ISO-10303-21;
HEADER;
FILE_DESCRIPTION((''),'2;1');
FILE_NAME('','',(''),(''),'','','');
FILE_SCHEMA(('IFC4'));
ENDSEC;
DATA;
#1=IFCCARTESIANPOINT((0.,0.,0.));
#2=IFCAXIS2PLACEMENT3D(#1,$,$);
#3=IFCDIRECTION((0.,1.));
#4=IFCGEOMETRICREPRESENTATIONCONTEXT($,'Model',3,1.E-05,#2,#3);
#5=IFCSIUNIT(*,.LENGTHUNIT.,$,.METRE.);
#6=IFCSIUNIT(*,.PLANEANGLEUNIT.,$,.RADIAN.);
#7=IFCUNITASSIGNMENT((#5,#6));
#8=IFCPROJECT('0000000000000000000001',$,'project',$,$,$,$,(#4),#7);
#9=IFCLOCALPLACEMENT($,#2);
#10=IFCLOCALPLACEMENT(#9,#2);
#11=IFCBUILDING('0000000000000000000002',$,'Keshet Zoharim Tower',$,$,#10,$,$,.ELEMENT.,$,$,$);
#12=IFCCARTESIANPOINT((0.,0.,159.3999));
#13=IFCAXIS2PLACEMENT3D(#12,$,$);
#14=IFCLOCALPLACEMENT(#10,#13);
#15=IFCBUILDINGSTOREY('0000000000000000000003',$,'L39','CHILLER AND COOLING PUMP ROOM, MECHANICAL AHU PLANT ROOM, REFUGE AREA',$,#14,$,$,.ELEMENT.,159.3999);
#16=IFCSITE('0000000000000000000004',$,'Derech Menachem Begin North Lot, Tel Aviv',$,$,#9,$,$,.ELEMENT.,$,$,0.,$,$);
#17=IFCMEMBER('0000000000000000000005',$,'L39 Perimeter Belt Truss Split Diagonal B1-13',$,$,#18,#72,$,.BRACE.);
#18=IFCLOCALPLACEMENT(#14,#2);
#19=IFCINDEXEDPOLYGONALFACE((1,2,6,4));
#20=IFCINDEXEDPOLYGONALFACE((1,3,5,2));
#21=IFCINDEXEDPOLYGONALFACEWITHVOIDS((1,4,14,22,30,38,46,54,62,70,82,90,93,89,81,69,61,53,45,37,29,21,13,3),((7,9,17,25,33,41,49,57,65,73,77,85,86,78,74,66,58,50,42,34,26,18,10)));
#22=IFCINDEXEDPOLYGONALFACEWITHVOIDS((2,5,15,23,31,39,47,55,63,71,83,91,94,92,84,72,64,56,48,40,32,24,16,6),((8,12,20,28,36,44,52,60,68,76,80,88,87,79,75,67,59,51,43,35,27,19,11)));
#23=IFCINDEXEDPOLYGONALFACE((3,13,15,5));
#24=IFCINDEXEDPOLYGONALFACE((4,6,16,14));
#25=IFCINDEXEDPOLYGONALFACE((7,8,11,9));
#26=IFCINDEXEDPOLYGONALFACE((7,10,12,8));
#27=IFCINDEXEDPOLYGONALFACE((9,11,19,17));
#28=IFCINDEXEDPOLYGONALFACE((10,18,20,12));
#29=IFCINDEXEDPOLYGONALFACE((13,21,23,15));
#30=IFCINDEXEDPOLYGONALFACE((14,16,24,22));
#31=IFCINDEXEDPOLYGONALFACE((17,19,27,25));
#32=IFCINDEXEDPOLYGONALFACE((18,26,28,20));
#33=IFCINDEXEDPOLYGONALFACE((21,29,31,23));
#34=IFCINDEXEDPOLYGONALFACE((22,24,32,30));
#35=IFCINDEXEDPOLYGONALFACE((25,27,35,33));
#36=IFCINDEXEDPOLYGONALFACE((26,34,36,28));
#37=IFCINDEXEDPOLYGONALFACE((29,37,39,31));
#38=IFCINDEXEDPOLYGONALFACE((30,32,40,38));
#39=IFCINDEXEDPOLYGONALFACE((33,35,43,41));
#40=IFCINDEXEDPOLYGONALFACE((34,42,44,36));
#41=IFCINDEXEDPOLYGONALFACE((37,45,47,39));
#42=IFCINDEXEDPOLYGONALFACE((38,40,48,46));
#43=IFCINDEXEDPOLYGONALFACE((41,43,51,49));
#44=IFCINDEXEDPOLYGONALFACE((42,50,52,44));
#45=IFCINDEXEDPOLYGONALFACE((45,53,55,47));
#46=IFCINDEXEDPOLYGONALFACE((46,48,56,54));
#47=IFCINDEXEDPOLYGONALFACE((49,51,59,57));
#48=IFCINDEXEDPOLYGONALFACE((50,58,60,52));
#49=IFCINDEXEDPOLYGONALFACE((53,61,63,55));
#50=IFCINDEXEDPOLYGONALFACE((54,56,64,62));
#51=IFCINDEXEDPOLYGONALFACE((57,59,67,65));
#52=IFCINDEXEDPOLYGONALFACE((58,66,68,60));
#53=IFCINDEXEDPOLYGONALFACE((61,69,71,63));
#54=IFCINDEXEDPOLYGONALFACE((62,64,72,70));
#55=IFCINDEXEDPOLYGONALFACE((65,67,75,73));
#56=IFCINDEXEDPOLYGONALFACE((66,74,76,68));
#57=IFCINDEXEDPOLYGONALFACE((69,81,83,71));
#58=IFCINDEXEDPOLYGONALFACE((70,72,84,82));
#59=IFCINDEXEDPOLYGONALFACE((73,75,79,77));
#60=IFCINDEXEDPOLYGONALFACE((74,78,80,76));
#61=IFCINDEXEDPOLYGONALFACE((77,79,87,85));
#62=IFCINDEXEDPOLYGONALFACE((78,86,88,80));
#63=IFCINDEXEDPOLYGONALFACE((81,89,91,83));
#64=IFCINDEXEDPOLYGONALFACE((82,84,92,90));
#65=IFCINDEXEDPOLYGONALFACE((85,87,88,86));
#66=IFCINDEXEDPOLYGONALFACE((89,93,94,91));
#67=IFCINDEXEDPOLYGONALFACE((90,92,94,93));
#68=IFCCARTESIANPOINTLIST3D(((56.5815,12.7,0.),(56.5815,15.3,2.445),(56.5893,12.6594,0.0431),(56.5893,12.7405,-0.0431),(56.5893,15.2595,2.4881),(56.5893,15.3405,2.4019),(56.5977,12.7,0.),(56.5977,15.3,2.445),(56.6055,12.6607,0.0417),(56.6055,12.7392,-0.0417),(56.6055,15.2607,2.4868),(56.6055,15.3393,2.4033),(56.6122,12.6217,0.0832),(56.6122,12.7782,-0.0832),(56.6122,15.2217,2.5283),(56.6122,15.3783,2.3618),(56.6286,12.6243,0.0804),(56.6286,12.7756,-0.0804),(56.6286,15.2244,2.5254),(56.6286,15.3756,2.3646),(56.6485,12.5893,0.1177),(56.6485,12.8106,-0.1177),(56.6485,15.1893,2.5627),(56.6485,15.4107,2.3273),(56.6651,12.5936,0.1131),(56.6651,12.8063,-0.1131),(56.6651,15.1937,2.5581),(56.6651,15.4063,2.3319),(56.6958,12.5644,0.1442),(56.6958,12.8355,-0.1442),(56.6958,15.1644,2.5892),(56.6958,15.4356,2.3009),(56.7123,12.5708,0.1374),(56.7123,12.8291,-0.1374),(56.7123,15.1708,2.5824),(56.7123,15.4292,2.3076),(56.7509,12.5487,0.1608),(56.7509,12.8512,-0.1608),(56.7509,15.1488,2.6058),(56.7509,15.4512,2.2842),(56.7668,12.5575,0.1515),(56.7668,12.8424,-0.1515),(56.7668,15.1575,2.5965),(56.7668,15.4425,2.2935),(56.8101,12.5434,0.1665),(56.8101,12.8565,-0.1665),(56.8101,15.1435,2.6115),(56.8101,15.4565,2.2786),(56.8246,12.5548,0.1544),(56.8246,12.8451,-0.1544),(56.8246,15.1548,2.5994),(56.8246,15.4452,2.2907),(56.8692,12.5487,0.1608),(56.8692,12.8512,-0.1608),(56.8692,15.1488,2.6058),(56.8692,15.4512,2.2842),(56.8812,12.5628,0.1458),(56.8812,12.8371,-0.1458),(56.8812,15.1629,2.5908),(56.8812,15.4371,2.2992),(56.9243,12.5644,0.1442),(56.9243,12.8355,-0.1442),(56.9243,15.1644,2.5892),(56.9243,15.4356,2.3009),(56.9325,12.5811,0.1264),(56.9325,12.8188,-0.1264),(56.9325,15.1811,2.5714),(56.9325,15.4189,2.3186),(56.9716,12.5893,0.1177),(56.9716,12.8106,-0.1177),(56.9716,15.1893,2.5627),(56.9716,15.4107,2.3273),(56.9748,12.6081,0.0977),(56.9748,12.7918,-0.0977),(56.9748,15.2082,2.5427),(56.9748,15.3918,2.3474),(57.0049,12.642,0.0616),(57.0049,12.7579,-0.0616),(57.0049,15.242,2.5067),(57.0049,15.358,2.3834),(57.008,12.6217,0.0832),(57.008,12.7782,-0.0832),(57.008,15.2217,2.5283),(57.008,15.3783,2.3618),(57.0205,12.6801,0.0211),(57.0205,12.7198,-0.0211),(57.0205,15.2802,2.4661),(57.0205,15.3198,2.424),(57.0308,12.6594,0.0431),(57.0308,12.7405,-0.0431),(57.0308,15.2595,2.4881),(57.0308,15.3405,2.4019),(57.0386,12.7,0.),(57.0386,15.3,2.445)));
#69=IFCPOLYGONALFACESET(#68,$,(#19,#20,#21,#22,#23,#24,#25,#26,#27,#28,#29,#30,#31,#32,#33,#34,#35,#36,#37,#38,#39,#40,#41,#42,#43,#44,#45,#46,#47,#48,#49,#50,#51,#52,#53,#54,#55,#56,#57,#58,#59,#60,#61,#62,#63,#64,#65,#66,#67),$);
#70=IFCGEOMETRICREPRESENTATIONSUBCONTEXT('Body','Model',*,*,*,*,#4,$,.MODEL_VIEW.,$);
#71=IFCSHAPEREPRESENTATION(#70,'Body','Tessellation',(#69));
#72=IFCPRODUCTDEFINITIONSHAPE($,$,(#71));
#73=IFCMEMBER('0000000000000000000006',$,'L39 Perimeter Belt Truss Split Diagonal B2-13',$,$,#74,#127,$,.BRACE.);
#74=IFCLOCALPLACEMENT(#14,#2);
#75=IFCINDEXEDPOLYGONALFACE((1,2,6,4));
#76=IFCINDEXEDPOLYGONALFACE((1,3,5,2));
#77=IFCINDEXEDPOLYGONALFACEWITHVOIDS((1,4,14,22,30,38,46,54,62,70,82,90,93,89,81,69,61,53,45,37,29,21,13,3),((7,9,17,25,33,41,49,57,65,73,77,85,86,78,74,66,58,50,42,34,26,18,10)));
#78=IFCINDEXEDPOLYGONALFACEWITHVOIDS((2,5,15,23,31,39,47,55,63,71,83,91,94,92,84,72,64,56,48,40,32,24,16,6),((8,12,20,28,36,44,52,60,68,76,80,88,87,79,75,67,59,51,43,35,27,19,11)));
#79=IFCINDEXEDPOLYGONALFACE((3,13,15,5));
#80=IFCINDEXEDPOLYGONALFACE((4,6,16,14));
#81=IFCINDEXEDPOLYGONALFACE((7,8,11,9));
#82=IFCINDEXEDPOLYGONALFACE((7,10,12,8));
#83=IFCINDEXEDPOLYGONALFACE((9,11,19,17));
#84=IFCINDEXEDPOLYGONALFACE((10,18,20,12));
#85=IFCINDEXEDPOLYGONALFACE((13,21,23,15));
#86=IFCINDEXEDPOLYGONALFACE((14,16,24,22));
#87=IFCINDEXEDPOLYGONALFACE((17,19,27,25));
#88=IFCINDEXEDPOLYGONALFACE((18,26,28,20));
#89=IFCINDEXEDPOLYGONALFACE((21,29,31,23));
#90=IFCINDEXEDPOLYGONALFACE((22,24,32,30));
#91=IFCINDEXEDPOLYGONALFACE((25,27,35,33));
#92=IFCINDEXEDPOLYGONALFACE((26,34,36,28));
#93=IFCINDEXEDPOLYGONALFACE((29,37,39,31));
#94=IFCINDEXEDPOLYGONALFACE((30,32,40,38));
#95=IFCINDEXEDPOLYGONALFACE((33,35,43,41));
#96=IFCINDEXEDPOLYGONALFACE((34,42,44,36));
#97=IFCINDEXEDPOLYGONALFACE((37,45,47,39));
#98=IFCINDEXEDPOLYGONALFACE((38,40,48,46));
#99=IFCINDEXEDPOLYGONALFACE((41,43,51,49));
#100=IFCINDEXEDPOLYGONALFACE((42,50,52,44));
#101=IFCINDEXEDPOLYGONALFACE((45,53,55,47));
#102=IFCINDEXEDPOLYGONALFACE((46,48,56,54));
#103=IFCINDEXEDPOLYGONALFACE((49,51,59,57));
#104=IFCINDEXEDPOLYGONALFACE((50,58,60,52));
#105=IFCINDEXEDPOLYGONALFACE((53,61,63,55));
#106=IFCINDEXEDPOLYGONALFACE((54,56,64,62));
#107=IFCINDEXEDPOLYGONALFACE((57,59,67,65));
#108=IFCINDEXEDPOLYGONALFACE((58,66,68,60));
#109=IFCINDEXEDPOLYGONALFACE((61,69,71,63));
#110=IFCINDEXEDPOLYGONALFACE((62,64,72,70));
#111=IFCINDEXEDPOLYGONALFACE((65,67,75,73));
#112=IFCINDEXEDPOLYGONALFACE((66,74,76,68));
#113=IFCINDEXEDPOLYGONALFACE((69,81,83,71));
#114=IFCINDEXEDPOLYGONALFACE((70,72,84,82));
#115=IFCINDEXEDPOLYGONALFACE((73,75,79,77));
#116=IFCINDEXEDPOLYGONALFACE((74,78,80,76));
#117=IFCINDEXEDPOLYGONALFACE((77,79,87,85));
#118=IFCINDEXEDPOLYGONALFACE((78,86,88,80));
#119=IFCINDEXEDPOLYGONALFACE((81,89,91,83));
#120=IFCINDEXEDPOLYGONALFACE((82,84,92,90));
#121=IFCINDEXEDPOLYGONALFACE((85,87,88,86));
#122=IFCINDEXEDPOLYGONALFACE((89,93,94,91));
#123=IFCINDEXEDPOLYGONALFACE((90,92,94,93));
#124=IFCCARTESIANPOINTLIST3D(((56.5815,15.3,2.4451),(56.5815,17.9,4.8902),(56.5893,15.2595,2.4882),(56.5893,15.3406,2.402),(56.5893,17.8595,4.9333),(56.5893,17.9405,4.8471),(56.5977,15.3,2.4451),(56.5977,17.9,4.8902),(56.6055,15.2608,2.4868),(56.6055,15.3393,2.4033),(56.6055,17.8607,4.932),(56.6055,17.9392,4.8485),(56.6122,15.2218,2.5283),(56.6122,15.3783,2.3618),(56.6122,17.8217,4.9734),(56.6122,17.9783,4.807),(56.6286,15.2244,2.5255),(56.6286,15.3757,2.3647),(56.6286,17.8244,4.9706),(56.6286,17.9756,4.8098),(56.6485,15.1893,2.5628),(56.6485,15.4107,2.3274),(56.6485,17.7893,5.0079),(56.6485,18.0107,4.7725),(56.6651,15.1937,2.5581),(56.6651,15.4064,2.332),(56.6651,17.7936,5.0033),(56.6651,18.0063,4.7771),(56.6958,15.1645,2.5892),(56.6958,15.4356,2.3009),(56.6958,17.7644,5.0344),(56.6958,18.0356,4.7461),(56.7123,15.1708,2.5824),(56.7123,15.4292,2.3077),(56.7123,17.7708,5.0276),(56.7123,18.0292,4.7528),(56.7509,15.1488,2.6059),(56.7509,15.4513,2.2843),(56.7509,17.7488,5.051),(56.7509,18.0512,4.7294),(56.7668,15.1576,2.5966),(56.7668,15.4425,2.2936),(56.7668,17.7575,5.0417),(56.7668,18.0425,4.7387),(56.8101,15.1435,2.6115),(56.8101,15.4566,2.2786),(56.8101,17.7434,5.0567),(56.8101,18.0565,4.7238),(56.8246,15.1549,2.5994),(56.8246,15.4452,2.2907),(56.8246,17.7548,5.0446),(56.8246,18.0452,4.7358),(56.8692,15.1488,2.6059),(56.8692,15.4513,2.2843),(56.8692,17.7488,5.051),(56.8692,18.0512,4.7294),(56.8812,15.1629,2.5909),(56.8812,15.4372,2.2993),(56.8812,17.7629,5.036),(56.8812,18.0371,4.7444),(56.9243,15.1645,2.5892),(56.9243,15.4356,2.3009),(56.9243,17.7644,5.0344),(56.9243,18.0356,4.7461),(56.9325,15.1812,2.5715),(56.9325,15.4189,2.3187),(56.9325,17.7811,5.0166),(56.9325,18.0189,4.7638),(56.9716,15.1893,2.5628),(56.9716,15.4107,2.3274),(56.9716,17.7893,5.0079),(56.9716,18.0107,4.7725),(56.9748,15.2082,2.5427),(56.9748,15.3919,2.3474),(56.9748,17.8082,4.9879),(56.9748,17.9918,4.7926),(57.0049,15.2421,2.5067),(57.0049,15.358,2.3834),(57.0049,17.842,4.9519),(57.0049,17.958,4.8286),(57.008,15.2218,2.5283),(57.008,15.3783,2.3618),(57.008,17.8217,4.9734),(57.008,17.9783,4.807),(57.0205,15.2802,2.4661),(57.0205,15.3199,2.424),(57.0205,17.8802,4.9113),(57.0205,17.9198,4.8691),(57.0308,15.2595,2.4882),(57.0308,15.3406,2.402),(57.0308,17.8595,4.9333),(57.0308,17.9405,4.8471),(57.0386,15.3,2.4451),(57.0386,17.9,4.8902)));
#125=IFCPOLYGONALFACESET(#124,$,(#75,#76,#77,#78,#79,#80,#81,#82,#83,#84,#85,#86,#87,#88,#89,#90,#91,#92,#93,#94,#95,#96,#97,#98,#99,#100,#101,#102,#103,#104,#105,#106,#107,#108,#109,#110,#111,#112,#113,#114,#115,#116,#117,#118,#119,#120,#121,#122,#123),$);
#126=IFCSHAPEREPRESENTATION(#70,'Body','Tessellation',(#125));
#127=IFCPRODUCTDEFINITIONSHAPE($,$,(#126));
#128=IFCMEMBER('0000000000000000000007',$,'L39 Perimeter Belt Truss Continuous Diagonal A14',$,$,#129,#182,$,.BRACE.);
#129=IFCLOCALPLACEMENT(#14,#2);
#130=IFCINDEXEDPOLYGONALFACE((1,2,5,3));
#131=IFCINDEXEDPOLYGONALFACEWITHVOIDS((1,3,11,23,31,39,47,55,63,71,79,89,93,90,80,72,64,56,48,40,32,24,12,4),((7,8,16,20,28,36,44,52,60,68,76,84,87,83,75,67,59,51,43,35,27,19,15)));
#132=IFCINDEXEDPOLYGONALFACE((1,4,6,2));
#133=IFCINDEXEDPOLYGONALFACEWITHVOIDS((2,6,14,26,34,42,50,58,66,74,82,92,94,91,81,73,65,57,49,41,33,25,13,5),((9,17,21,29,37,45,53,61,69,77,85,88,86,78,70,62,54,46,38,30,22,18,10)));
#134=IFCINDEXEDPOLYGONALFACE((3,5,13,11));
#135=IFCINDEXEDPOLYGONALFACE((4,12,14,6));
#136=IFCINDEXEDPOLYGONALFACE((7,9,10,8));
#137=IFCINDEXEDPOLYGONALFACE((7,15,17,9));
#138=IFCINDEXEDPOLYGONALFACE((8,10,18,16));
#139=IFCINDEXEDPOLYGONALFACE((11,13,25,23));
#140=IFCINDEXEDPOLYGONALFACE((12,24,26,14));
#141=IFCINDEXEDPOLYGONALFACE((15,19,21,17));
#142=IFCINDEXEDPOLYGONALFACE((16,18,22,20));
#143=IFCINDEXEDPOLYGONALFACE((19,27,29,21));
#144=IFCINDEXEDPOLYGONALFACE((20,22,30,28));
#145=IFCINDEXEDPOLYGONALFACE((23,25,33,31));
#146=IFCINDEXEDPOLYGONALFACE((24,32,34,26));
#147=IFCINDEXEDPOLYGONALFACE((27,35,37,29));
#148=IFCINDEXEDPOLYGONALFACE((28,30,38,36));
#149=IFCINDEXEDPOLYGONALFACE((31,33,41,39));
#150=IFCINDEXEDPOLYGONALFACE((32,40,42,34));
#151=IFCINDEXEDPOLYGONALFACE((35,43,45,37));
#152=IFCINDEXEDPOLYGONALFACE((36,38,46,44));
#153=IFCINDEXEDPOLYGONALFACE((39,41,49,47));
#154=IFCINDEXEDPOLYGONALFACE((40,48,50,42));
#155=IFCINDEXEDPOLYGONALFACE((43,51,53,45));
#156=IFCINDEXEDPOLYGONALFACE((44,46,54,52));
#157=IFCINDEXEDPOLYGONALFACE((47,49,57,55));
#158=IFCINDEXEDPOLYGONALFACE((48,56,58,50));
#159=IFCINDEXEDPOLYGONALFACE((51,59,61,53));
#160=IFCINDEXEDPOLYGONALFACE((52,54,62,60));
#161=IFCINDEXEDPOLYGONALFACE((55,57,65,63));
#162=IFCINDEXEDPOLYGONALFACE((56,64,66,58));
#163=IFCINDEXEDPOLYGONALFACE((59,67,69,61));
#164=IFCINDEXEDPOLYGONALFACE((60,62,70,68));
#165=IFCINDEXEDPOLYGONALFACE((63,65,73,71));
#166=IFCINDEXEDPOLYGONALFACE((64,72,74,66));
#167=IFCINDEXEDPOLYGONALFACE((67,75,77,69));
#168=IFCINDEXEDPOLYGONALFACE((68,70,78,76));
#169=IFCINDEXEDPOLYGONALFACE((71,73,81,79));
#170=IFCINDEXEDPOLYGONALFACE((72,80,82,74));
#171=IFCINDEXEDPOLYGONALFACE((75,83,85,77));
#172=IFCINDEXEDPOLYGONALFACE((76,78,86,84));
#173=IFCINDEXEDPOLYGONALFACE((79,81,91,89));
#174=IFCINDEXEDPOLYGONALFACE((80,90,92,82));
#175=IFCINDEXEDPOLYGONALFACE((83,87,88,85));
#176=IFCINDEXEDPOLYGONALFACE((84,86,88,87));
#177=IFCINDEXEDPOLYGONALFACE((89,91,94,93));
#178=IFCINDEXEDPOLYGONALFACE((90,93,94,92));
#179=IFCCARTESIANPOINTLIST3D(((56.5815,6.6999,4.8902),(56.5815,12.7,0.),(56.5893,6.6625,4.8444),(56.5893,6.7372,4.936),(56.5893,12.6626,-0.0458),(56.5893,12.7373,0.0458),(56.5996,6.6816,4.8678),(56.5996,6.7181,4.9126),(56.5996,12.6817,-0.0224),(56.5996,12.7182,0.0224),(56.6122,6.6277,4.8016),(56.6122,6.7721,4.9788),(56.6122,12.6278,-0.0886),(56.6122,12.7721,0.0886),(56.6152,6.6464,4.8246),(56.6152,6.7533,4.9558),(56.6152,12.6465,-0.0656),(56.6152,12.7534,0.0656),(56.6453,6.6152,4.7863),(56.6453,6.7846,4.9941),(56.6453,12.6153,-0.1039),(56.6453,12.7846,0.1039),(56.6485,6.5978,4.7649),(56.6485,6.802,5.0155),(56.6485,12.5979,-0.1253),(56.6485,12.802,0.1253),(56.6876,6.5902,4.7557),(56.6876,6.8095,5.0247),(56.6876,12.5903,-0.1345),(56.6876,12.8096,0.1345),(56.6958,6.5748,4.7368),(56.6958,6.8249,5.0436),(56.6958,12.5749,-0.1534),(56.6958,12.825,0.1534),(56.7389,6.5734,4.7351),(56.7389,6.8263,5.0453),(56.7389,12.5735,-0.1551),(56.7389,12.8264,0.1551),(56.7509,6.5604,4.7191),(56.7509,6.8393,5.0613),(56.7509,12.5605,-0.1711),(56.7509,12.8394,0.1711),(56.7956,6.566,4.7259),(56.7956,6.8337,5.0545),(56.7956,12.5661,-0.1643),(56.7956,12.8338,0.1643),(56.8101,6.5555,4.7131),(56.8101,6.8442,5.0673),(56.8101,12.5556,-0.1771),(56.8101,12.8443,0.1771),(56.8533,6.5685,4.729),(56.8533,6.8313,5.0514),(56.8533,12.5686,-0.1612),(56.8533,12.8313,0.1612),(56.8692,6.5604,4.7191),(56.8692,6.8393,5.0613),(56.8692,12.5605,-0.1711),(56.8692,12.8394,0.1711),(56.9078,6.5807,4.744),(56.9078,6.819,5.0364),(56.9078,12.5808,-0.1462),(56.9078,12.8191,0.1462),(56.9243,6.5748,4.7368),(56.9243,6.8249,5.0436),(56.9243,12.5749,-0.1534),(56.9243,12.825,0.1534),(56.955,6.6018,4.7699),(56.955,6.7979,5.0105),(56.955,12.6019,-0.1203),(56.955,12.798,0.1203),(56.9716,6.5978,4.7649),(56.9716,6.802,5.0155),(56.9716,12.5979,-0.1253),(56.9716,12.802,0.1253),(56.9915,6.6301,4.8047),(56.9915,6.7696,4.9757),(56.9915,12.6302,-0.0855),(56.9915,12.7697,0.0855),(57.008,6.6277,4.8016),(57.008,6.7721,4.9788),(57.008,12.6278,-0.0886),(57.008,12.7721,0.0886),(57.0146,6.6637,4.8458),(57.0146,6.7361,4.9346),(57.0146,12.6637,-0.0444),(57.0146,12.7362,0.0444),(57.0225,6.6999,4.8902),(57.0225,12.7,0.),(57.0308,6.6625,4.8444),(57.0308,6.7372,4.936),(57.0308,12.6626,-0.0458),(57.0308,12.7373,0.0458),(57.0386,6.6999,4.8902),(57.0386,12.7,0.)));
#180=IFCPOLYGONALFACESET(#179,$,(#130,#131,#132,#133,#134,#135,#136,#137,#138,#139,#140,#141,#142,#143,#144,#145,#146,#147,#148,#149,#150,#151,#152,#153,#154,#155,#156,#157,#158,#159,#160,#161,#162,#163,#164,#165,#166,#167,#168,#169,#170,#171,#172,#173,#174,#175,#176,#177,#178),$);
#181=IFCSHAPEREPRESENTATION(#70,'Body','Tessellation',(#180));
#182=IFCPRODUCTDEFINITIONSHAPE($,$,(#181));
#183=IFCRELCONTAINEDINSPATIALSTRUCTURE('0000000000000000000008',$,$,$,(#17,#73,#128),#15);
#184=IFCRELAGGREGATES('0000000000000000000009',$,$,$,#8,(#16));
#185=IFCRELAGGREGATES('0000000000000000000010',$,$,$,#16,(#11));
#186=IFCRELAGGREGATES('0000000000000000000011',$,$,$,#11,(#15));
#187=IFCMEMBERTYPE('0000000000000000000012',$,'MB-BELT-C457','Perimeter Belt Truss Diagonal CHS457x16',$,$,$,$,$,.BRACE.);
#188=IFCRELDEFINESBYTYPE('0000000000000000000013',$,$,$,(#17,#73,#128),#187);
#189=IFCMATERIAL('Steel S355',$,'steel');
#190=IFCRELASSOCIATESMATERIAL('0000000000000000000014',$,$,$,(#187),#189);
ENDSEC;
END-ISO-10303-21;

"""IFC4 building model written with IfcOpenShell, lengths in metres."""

from ifc_helpers import new_model, si_unit, direction, frame, origin, origin_2d, place, context, subcontext, project, spatial, hollow_circle, extrude, material, material_profile, profile_set, type_object, element, save


model = new_model("IFC4")

# Units and contexts
model_context = context("Model", 3, precision=1e-05, world=origin(), true_north=direction((0.0, 1.0)))
body_context = subcontext(model_context, "Body", "Model", "MODEL_VIEW")
ifc_project = project(units=[si_unit("LENGTHUNIT", "METRE"), si_unit("PLANEANGLEUNIT", "RADIAN")], contexts=[model_context])

# Site, building, storey
site_placement = place(None, origin())
site = spatial("IfcSite", under=ifc_project, at=site_placement, Name="Derech Menachem Begin North Lot, Tel Aviv", CompositionType="ELEMENT", RefElevation=0.0)
building_placement = place(site_placement, origin())
building = spatial("IfcBuilding", under=site, at=building_placement, Name="Keshet Zoharim Tower", CompositionType="ELEMENT")
storey_placement = place(building_placement, frame((0.0, 0.0, 159.3999)))
storey = spatial("IfcBuildingStorey", under=building, at=storey_placement, Name="L39", Description="CHILLER AND COOLING PUMP ROOM, MECHANICAL AHU PLANT ROOM, REFUGE AREA", CompositionType="ELEMENT", Elevation=159.3999)

# Shared definitions
ifc_material_1 = material(Name="Steel S355", Category="steel")

# Members
ifc_material_profile_1 = material_profile(ifc_material_1, hollow_circle(Radius=0.2285, WallThickness=0.0161, at=origin_2d()), Name="CHS457x16")
ifc_profile_set_1 = profile_set([ifc_material_profile_1], Name="Steel S355")
member_type_1 = type_object("IfcMemberType", Name="MB-BELT-C457", Description="Perimeter Belt Truss Diagonal CHS457x16", PredefinedType="BRACE", material=ifc_profile_set_1)
for number, where, z_axis, x_axis, name in (
    (1, (56.8101, 12.7, 0.0), (0.0, 0.728491, 0.685055), (-1.0, 0.0, 0.0), "L39 Perimeter Belt Truss Split Diagonal B1-13"),
    (2, (56.8101, 15.3, 2.4451), (0.0, 0.728459, 0.685089), (-1.0, 0.0, 0.0), "L39 Perimeter Belt Truss Split Diagonal B2-13"),
):
    element("IfcMember", number, at=place(storey_placement, frame(where, z_axis=z_axis, x_axis=x_axis)), inside=storey, type_object=member_type_1, Name=name, PredefinedType="BRACE", context=body_context, shape_type="SweptSolid", body=[
        extrude(hollow_circle(Radius=0.2285, WallThickness=0.0161, at=origin_2d()), origin(), (0.0, 0.0, 1.0), 3.5691),
    ])
member_1_placement = place(storey_placement, frame((56.8101, 12.7, 0.0), z_axis=(0.0, -0.775156, 0.63177), x_axis=(1.0, 0.0, 0.0)))
element("IfcMember", 3, at=member_1_placement, inside=storey, type_object=member_type_1, Name="L39 Perimeter Belt Truss Continuous Diagonal A14", PredefinedType="BRACE", context=body_context, shape_type="SweptSolid", body=[
    extrude(hollow_circle(Radius=0.2285, WallThickness=0.0161, at=origin_2d()), origin(), (0.0, 0.0, 1.0), 7.7405),
])

save(model, "model.ifc")
